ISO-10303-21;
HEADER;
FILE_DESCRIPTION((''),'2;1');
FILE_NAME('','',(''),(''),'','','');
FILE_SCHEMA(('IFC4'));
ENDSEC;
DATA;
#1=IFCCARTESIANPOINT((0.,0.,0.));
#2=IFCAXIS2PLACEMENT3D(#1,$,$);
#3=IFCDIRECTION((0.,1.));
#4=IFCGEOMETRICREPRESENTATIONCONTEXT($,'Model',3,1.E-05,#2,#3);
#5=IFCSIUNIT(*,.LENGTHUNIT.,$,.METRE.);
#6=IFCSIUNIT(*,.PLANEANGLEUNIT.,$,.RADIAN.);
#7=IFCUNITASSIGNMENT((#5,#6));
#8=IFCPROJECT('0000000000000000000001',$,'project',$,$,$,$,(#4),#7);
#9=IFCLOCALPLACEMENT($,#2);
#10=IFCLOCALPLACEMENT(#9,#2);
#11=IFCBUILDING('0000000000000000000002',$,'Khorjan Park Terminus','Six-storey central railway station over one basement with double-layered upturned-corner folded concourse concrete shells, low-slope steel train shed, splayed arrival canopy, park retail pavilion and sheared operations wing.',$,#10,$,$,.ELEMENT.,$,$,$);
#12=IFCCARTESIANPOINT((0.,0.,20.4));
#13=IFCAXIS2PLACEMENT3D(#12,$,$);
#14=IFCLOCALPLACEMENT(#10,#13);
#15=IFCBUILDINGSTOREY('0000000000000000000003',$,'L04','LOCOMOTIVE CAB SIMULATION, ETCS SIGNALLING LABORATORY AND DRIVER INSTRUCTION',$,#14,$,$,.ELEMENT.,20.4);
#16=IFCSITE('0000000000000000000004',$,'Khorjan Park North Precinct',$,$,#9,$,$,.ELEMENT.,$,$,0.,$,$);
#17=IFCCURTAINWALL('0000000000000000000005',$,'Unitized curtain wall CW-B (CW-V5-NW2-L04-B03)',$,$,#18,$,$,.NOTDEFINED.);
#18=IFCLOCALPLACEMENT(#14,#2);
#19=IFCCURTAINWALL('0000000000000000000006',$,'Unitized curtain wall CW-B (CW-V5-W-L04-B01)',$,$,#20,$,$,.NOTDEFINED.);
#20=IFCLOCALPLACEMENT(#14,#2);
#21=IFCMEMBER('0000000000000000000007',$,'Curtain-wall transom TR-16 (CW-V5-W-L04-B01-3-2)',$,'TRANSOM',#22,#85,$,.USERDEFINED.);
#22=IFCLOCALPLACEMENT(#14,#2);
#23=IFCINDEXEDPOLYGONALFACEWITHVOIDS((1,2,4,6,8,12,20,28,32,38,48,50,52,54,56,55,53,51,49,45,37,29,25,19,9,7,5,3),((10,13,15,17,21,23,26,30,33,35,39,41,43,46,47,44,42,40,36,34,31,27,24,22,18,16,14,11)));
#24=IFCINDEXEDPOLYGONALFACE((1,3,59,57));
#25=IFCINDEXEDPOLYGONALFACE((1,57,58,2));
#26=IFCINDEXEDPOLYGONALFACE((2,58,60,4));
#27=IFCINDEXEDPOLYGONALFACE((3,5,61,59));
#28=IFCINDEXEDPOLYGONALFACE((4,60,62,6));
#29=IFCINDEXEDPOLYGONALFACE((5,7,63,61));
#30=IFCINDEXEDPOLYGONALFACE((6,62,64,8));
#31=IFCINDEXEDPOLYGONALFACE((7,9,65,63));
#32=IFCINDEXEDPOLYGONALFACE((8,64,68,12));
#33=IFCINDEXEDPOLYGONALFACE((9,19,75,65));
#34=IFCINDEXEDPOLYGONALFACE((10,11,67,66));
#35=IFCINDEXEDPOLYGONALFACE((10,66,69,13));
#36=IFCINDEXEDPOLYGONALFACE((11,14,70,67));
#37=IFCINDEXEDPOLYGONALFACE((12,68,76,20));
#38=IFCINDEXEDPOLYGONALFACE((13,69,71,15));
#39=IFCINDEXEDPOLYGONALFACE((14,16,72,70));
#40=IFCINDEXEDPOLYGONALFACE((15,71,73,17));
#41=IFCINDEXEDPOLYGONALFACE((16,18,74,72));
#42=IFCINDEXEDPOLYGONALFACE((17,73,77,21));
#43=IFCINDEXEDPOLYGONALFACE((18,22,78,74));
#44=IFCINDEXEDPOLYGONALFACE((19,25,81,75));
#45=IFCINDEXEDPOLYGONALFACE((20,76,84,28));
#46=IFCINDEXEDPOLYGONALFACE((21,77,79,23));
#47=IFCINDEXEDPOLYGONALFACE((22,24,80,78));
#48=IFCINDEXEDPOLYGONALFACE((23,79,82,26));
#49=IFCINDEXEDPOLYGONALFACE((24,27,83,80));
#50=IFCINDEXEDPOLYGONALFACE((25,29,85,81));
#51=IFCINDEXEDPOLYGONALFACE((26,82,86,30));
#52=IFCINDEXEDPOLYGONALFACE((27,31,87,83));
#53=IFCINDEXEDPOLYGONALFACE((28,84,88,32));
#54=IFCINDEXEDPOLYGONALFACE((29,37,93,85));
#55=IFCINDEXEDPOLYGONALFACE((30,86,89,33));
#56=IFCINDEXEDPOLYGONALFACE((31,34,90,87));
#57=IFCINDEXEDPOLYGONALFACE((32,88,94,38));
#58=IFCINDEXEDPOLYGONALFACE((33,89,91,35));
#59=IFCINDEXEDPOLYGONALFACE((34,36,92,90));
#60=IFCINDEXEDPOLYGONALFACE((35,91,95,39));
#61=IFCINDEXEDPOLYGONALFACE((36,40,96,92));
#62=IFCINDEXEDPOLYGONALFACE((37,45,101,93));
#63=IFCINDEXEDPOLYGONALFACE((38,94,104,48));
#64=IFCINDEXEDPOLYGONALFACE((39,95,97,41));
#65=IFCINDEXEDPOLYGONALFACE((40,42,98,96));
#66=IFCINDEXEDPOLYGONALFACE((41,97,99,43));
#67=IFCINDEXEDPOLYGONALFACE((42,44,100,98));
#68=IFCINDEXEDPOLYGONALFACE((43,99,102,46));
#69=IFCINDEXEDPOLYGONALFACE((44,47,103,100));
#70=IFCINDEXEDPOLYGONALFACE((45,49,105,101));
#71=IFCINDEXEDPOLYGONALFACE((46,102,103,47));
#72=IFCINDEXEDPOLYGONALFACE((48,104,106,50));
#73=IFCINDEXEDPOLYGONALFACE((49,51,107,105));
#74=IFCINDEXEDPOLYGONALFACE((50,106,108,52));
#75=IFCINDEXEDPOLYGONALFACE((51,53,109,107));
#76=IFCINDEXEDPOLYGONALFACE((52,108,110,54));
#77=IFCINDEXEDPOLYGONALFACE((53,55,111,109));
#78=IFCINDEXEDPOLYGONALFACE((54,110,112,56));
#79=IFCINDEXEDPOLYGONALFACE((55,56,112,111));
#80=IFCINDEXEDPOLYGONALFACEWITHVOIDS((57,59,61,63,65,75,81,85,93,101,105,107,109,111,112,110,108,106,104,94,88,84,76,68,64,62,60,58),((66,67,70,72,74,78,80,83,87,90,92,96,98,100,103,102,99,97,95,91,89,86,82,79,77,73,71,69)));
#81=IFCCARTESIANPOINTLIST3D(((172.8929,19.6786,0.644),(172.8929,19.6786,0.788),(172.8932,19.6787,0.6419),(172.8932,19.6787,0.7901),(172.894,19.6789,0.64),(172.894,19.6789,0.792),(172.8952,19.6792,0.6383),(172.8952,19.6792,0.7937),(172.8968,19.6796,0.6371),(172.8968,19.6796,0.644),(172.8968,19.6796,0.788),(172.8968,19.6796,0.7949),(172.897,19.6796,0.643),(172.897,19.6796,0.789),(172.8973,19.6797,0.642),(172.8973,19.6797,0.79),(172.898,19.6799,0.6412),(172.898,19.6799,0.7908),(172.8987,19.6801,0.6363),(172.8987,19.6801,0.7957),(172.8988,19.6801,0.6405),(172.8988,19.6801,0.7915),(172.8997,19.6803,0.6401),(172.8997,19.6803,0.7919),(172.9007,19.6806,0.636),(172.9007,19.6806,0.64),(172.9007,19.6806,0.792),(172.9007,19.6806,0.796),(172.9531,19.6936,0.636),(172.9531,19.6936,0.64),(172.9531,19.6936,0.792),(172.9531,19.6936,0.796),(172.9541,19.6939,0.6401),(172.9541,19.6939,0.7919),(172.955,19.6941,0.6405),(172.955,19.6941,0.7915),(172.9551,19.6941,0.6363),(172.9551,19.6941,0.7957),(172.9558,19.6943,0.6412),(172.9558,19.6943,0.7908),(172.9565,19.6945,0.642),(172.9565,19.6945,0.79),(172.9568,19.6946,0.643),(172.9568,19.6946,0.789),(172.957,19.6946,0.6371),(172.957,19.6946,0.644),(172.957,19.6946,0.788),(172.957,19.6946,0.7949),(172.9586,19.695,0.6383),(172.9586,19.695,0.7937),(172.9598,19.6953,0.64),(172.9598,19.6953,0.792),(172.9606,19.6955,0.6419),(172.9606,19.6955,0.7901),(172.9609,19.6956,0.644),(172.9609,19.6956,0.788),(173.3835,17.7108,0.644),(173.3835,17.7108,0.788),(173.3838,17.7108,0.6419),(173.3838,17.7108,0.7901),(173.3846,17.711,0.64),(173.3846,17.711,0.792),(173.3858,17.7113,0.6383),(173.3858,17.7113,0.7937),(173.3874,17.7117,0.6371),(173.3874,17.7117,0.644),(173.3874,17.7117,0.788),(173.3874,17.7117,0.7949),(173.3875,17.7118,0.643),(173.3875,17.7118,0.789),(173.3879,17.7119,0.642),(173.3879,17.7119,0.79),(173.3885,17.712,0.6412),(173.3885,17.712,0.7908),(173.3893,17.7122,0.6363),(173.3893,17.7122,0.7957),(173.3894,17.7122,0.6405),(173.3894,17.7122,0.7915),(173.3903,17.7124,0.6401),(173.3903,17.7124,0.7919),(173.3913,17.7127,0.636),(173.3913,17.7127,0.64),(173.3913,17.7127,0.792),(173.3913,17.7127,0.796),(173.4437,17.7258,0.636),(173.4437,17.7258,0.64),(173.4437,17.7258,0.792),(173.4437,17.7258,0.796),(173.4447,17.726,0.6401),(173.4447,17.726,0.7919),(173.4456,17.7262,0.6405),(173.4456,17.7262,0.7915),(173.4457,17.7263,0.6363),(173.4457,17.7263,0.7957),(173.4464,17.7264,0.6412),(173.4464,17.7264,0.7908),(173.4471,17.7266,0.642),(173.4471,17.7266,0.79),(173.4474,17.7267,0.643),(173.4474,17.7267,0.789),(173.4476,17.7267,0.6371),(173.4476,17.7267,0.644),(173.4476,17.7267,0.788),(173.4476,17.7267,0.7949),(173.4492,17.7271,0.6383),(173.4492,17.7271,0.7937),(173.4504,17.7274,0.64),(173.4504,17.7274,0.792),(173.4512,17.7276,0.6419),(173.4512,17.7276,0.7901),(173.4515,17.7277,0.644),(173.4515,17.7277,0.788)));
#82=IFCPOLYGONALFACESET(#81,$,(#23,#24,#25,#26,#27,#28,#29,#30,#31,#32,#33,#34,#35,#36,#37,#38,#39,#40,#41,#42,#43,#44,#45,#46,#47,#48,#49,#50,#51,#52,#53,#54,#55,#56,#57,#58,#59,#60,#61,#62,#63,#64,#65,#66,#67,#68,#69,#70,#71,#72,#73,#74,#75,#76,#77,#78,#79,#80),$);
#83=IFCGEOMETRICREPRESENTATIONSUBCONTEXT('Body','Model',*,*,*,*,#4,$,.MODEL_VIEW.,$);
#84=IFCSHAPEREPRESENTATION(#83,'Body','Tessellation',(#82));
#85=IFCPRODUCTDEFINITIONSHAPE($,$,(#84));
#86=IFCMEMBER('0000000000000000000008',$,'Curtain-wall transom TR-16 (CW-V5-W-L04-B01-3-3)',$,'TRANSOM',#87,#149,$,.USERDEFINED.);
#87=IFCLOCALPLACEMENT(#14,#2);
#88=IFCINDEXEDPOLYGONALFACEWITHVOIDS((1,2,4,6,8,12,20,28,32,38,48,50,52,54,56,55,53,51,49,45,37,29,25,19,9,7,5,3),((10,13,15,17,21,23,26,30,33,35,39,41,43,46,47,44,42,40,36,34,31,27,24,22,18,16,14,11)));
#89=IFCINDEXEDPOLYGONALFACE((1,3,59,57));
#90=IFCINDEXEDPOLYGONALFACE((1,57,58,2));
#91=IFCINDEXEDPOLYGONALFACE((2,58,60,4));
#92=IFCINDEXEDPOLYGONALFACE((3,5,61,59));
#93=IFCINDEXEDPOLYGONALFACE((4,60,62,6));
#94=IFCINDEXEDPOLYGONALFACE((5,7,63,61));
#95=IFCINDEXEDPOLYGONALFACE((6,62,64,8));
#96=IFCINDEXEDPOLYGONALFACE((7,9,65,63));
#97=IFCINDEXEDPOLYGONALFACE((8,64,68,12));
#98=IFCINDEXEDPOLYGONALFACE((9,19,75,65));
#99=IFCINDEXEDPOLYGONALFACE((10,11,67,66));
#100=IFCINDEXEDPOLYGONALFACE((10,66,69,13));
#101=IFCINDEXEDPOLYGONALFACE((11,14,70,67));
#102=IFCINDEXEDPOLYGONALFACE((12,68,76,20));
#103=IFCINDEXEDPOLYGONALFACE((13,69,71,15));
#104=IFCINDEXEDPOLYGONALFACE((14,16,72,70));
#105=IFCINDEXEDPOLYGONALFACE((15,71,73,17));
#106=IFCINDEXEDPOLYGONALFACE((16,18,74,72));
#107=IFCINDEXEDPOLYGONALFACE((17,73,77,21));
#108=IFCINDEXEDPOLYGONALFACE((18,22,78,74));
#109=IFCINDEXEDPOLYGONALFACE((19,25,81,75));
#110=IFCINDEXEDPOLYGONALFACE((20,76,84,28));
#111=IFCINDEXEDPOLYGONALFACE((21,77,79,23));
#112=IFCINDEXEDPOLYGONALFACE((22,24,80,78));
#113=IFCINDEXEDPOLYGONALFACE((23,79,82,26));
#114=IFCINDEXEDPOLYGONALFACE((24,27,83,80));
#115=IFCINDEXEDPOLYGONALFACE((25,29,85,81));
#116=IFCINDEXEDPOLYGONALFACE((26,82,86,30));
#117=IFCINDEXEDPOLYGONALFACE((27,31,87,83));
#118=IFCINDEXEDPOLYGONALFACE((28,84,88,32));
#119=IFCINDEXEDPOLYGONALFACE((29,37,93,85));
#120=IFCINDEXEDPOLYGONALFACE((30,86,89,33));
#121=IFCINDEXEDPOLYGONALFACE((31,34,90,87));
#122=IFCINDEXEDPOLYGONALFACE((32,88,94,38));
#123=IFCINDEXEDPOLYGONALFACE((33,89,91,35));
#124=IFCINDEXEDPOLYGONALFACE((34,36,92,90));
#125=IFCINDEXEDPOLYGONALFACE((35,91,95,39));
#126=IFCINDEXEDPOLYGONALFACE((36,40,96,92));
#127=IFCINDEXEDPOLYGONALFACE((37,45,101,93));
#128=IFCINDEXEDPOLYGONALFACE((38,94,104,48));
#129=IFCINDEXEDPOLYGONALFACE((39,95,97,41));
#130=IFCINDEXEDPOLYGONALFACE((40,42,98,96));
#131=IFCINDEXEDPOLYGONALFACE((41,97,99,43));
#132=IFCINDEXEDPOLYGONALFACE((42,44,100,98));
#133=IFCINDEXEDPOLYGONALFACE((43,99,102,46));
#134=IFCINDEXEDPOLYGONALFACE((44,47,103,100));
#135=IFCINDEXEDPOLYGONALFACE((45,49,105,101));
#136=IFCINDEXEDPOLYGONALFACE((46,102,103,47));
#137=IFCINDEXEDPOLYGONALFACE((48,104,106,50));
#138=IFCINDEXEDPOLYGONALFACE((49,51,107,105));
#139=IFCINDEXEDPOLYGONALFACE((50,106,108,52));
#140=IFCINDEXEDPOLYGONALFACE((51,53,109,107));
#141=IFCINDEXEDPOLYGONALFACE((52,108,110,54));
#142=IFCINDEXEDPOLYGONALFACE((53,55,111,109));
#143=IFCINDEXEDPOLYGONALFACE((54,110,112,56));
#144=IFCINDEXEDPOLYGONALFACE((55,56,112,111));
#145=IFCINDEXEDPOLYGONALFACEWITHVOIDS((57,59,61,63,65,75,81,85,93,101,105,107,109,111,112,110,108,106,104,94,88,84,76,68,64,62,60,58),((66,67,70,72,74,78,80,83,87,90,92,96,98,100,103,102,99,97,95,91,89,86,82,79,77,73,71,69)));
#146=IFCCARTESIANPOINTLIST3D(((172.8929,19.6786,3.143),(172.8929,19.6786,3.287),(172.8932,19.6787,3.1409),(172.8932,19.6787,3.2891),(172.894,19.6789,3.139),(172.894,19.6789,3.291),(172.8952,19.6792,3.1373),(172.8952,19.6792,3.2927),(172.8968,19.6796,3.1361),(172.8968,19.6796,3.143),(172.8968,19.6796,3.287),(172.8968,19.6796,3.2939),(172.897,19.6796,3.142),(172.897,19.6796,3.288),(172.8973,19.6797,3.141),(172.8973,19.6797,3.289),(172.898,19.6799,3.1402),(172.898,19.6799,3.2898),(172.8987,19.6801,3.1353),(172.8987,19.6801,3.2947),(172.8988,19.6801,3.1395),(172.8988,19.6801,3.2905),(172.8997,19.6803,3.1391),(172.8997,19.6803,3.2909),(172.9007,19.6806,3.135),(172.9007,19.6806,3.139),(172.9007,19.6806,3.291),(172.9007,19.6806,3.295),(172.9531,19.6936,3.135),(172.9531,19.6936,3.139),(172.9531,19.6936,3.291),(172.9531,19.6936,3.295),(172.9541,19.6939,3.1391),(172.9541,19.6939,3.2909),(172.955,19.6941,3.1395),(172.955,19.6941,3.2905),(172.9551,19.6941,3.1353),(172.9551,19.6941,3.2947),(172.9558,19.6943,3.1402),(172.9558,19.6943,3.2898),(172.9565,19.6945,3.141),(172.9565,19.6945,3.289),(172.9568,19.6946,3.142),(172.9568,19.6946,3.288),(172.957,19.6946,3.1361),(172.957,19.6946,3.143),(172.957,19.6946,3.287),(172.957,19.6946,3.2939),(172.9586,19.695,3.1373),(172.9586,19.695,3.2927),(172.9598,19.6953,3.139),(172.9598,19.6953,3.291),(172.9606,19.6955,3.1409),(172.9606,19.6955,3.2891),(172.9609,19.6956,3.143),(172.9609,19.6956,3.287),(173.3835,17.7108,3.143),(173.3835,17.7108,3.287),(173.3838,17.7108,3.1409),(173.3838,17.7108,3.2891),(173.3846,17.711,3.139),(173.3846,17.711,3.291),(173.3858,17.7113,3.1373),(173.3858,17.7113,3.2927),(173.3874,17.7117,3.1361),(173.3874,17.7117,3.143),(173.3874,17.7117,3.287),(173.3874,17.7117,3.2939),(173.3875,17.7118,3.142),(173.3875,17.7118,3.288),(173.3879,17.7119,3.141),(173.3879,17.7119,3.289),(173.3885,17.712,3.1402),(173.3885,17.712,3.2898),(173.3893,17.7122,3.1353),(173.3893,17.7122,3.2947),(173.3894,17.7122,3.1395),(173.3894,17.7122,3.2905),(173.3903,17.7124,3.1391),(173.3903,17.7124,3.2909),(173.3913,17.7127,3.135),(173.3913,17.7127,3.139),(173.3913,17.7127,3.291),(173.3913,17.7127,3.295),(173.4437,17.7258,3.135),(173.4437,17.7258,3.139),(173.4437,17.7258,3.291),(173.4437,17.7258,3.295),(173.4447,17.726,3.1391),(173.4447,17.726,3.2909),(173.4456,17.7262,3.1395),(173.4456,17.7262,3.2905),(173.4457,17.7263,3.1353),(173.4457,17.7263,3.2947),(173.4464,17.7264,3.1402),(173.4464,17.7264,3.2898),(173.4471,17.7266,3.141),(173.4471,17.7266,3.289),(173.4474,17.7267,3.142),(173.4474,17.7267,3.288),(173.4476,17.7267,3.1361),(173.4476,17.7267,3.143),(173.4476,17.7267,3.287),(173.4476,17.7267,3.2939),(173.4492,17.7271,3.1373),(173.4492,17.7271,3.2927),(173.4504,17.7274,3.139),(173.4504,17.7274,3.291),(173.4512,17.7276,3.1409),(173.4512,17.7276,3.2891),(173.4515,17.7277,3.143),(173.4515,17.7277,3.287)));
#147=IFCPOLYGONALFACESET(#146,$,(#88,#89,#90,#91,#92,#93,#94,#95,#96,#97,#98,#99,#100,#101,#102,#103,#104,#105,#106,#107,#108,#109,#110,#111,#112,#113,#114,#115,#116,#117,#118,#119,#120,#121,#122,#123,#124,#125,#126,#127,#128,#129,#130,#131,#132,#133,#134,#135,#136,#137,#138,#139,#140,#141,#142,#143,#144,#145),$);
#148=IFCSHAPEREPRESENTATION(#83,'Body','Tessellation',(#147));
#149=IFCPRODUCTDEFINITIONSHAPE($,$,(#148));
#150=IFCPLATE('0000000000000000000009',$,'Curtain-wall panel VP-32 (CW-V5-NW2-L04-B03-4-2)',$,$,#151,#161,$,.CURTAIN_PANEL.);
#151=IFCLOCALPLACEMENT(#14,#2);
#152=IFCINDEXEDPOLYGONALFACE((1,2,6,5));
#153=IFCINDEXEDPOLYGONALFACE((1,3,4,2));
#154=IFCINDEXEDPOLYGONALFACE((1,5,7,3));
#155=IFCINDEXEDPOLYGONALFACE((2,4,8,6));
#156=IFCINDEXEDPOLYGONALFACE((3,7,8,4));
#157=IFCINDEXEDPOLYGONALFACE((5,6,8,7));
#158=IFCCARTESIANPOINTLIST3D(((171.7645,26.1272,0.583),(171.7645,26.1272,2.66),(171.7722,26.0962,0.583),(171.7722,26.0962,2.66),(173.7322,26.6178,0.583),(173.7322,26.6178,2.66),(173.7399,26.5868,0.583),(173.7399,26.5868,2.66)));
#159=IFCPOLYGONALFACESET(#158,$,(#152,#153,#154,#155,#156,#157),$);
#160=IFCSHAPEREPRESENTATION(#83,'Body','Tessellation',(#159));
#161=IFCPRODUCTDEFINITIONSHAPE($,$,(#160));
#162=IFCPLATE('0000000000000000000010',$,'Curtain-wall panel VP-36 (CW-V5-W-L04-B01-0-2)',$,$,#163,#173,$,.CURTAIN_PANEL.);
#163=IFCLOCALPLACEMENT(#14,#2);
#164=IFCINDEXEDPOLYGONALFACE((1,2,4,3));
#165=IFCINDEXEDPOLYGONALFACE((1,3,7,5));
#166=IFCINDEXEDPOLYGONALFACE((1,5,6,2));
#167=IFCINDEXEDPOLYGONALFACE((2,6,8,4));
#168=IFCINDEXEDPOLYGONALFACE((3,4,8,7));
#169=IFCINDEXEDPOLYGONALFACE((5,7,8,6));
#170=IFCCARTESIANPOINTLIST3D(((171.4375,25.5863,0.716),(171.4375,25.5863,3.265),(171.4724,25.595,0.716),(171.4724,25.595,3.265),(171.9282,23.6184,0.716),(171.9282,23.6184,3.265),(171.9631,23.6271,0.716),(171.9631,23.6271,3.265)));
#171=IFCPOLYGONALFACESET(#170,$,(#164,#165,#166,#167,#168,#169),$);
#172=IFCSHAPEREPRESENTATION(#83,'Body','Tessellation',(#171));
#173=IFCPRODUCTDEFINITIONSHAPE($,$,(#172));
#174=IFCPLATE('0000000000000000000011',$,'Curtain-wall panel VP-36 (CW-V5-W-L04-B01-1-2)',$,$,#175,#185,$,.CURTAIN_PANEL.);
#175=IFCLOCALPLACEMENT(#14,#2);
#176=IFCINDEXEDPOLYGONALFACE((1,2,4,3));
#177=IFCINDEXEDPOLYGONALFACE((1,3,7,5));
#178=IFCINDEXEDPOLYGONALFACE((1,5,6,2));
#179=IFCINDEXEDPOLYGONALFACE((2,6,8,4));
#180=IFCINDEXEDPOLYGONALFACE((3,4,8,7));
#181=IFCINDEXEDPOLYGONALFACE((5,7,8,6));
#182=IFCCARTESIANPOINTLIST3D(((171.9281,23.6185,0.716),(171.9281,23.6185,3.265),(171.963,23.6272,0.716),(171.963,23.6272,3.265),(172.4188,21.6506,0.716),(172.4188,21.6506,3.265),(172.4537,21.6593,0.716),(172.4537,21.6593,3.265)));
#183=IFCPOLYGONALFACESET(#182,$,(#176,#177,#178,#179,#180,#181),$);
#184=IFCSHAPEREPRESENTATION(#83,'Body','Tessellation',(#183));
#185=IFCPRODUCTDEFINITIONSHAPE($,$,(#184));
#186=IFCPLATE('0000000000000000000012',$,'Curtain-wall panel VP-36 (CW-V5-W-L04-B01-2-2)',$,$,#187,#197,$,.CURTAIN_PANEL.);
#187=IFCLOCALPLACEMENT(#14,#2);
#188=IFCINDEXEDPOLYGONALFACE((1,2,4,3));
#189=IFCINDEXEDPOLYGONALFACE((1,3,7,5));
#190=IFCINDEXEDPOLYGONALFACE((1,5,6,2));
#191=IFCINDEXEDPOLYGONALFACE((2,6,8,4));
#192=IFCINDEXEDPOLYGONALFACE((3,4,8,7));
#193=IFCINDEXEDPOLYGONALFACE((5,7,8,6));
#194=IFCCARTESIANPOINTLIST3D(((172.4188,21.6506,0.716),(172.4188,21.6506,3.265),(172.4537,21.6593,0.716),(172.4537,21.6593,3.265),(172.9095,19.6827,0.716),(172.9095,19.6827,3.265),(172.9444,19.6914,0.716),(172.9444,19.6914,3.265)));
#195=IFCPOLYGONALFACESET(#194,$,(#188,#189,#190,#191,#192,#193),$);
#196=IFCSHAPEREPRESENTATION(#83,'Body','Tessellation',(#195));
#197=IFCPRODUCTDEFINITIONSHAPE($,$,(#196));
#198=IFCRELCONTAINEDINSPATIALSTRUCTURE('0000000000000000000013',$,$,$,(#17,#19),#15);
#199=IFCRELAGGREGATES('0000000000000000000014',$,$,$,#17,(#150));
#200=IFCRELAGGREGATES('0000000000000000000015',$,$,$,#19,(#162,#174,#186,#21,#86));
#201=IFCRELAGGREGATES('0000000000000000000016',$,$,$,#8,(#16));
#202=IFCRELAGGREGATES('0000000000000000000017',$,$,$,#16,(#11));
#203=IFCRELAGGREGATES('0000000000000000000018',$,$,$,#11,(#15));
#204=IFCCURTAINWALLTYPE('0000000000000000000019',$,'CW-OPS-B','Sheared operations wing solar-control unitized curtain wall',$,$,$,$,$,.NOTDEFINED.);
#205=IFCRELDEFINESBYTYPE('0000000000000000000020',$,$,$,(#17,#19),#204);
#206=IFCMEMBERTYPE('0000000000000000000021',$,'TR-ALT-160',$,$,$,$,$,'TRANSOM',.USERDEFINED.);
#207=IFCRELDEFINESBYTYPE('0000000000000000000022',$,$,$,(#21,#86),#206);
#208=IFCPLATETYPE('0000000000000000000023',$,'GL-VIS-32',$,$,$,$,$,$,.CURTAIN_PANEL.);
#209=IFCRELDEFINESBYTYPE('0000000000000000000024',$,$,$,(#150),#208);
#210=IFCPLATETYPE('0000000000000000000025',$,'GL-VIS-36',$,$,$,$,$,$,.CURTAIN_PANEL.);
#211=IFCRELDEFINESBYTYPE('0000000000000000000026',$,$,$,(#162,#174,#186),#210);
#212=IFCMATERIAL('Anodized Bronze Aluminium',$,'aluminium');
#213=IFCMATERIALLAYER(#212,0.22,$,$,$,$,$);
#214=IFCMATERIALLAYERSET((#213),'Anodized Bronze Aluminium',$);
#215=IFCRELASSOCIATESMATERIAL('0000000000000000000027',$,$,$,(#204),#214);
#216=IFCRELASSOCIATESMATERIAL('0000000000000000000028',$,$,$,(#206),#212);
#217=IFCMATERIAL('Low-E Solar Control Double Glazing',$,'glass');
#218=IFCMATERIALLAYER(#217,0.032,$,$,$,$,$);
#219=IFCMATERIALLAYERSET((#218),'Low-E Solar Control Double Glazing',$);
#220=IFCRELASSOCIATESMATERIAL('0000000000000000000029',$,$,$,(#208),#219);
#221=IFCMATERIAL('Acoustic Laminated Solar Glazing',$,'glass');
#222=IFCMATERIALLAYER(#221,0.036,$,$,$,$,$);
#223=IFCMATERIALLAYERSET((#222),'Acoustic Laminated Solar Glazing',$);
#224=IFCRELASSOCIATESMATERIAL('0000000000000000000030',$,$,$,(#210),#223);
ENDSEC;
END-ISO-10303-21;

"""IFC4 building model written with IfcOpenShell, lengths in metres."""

from ifc_helpers import new_model, si_unit, direction, frame, origin, origin_2d, place, context, subcontext, project, spatial, rectangle, hollow_rectangle, extrude, material, layer, layer_set, material_profile, profile_set, type_object, element, aggregate, save


model = new_model("IFC4")

# Units and contexts
model_context = context("Model", 3, precision=1e-05, world=origin(), true_north=direction((0.0, 1.0)))
body_context = subcontext(model_context, "Body", "Model", "MODEL_VIEW")
ifc_project = project(units=[si_unit("LENGTHUNIT", "METRE"), si_unit("PLANEANGLEUNIT", "RADIAN")], contexts=[model_context])

# Site, building, storey
site_placement = place(None, origin())
site = spatial("IfcSite", under=ifc_project, at=site_placement, Name="Khorjan Park North Precinct", CompositionType="ELEMENT", RefElevation=0.0)
building_placement = place(site_placement, origin())
building = spatial("IfcBuilding", under=site, at=building_placement, Name="Khorjan Park Terminus", Description="Six-storey central railway station over one basement with double-layered upturned-corner folded concourse concrete shells, low-slope steel train shed, splayed arrival canopy, park retail pavilion and sheared operations wing.", CompositionType="ELEMENT")
storey_placement = place(building_placement, frame((0.0, 0.0, 20.4)))
storey = spatial("IfcBuildingStorey", under=building, at=storey_placement, Name="L04", Description="LOCOMOTIVE CAB SIMULATION, ETCS SIGNALLING LABORATORY AND DRIVER INSTRUCTION", CompositionType="ELEMENT", Elevation=20.4)

# Curtain wall
ifc_material_1 = material(Name="Anodized Bronze Aluminium", Category="aluminium")
ifc_layer_1 = layer(ifc_material_1, 0.22)
ifc_layer_set_1 = layer_set([ifc_layer_1], Name="Anodized Bronze Aluminium")
curtain_wall_type = type_object("IfcCurtainWallType", Name="CW-OPS-B", Description="Sheared operations wing solar-control unitized curtain wall", PredefinedType="NOTDEFINED", material=ifc_layer_set_1)
curtain_wall_1_placement = place(storey_placement, origin())
curtain_wall_1 = element("IfcCurtainWall", 1, at=curtain_wall_1_placement, inside=storey, type_object=curtain_wall_type, Name="Unitized curtain wall CW-B (CW-V5-NW2-L04-B03)", PredefinedType="NOTDEFINED")

# Curtain wall, members
curtain_wall_2_placement = place(storey_placement, origin())
curtain_wall_2 = element("IfcCurtainWall", 2, at=curtain_wall_2_placement, inside=storey, type_object=curtain_wall_type, Name="Unitized curtain wall CW-B (CW-V5-W-L04-B01)", PredefinedType="NOTDEFINED")
ifc_material_profile_1 = material_profile(ifc_material_1, hollow_rectangle(XDim=0.07, YDim=0.16, WallThickness=0.004, InnerFilletRadius=0.004, OuterFilletRadius=0.008, at=origin_2d()), Name="ALT 70x160x4")
ifc_profile_set_1 = profile_set([ifc_material_profile_1], Name="Anodized Bronze Aluminium")
member_type_1 = type_object("IfcMemberType", Name="TR-ALT-160", ElementType="TRANSOM", PredefinedType="USERDEFINED", material=ifc_profile_set_1)
member_1_placement = place(storey_placement, frame((172.9269, 19.6871, 0.716), z_axis=(0.241897, -0.970302, 0.0), x_axis=(0.970302, 0.241897, 0.0)))
member_1 = element("IfcMember", 3, at=member_1_placement, type_object=member_type_1, Name="Curtain-wall transom TR-16 (CW-V5-W-L04-B01-3-2)", ObjectType="TRANSOM", PredefinedType="USERDEFINED", context=body_context, shape_type="SweptSolid", body=[
    extrude(hollow_rectangle(XDim=0.07, YDim=0.16, WallThickness=0.004, InnerFilletRadius=0.004, OuterFilletRadius=0.008, at=origin_2d()), origin(), (0.0, 0.0, 1.0), 2.0281),
])
member_2_placement = place(storey_placement, frame((172.9269, 19.6871, 3.215), z_axis=(0.241897, -0.970302, 0.0), x_axis=(0.970302, 0.241897, 0.0)))
member_2 = element("IfcMember", 4, at=member_2_placement, type_object=member_type_1, Name="Curtain-wall transom TR-16 (CW-V5-W-L04-B01-3-3)", ObjectType="TRANSOM", PredefinedType="USERDEFINED", context=body_context, shape_type="SweptSolid", body=[
    extrude(hollow_rectangle(XDim=0.07, YDim=0.16, WallThickness=0.004, InnerFilletRadius=0.004, OuterFilletRadius=0.008, at=origin_2d()), origin(), (0.0, 0.0, 1.0), 2.0281),
])

# Plates
ifc_material_2 = material(Name="Low-E Solar Control Double Glazing", Category="glass")
ifc_layer_2 = layer(ifc_material_2, 0.032)
ifc_layer_set_2 = layer_set([ifc_layer_2], Name="Low-E Solar Control Double Glazing")
plate_type_1 = type_object("IfcPlateType", Name="GL-VIS-32", PredefinedType="CURTAIN_PANEL", material=ifc_layer_set_2)
plate_1_placement = place(storey_placement, frame((172.7522, 26.357, 0.583), z_axis=(0.0, 0.0, 1.0), x_axis=(-0.970296, -0.241921, 0.0)))
plate_1 = element("IfcPlate", 5, at=plate_1_placement, type_object=plate_type_1, Name="Curtain-wall panel VP-32 (CW-V5-NW2-L04-B03-4-2)", PredefinedType="CURTAIN_PANEL", context=body_context, shape_type="SweptSolid", body=[
    extrude(rectangle(XDim=2.0279, YDim=0.032, at=origin_2d()), origin(), (0.0, 0.0, 1.0), 2.077),
])
ifc_material_3 = material(Name="Acoustic Laminated Solar Glazing", Category="glass")
ifc_layer_3 = layer(ifc_material_3, 0.036)
ifc_layer_set_3 = layer_set([ifc_layer_3], Name="Acoustic Laminated Solar Glazing")
plate_type_2 = type_object("IfcPlateType", Name="GL-VIS-36", PredefinedType="CURTAIN_PANEL", material=ifc_layer_set_3)
plate_2_placement = place(storey_placement, frame((171.7003, 24.6067, 0.716), z_axis=(0.0, 0.0, 1.0), x_axis=(0.241928, -0.970294, 0.0)))
plate_2 = element("IfcPlate", 6, at=plate_2_placement, type_object=plate_type_2, Name="Curtain-wall panel VP-36 (CW-V5-W-L04-B01-0-2)", PredefinedType="CURTAIN_PANEL", context=body_context, shape_type="SweptSolid", body=[
    extrude(rectangle(XDim=2.0281, YDim=0.036, at=origin_2d()), origin(), (0.0, 0.0, 1.0), 2.549),
])
plate_3_placement = place(storey_placement, frame((172.1909, 22.6389, 0.716), z_axis=(0.0, 0.0, 1.0), x_axis=(0.241928, -0.970294, 0.0)))
plate_3 = element("IfcPlate", 7, at=plate_3_placement, type_object=plate_type_2, Name="Curtain-wall panel VP-36 (CW-V5-W-L04-B01-1-2)", PredefinedType="CURTAIN_PANEL", context=body_context, shape_type="SweptSolid", body=[
    extrude(rectangle(XDim=2.0281, YDim=0.036, at=origin_2d()), origin(), (0.0, 0.0, 1.0), 2.549),
])
plate_4_placement = place(storey_placement, frame((172.6816, 20.671, 0.716), z_axis=(0.0, 0.0, 1.0), x_axis=(0.241928, -0.970294, 0.0)))
plate_4 = element("IfcPlate", 8, at=plate_4_placement, type_object=plate_type_2, Name="Curtain-wall panel VP-36 (CW-V5-W-L04-B01-2-2)", PredefinedType="CURTAIN_PANEL", context=body_context, shape_type="SweptSolid", body=[
    extrude(rectangle(XDim=2.0281, YDim=0.036, at=origin_2d()), origin(), (0.0, 0.0, 1.0), 2.549),
])

aggregate(curtain_wall_1, [plate_1])
aggregate(curtain_wall_2, [plate_2, plate_3, plate_4, member_1, member_2])

save(model, "model.ifc")
